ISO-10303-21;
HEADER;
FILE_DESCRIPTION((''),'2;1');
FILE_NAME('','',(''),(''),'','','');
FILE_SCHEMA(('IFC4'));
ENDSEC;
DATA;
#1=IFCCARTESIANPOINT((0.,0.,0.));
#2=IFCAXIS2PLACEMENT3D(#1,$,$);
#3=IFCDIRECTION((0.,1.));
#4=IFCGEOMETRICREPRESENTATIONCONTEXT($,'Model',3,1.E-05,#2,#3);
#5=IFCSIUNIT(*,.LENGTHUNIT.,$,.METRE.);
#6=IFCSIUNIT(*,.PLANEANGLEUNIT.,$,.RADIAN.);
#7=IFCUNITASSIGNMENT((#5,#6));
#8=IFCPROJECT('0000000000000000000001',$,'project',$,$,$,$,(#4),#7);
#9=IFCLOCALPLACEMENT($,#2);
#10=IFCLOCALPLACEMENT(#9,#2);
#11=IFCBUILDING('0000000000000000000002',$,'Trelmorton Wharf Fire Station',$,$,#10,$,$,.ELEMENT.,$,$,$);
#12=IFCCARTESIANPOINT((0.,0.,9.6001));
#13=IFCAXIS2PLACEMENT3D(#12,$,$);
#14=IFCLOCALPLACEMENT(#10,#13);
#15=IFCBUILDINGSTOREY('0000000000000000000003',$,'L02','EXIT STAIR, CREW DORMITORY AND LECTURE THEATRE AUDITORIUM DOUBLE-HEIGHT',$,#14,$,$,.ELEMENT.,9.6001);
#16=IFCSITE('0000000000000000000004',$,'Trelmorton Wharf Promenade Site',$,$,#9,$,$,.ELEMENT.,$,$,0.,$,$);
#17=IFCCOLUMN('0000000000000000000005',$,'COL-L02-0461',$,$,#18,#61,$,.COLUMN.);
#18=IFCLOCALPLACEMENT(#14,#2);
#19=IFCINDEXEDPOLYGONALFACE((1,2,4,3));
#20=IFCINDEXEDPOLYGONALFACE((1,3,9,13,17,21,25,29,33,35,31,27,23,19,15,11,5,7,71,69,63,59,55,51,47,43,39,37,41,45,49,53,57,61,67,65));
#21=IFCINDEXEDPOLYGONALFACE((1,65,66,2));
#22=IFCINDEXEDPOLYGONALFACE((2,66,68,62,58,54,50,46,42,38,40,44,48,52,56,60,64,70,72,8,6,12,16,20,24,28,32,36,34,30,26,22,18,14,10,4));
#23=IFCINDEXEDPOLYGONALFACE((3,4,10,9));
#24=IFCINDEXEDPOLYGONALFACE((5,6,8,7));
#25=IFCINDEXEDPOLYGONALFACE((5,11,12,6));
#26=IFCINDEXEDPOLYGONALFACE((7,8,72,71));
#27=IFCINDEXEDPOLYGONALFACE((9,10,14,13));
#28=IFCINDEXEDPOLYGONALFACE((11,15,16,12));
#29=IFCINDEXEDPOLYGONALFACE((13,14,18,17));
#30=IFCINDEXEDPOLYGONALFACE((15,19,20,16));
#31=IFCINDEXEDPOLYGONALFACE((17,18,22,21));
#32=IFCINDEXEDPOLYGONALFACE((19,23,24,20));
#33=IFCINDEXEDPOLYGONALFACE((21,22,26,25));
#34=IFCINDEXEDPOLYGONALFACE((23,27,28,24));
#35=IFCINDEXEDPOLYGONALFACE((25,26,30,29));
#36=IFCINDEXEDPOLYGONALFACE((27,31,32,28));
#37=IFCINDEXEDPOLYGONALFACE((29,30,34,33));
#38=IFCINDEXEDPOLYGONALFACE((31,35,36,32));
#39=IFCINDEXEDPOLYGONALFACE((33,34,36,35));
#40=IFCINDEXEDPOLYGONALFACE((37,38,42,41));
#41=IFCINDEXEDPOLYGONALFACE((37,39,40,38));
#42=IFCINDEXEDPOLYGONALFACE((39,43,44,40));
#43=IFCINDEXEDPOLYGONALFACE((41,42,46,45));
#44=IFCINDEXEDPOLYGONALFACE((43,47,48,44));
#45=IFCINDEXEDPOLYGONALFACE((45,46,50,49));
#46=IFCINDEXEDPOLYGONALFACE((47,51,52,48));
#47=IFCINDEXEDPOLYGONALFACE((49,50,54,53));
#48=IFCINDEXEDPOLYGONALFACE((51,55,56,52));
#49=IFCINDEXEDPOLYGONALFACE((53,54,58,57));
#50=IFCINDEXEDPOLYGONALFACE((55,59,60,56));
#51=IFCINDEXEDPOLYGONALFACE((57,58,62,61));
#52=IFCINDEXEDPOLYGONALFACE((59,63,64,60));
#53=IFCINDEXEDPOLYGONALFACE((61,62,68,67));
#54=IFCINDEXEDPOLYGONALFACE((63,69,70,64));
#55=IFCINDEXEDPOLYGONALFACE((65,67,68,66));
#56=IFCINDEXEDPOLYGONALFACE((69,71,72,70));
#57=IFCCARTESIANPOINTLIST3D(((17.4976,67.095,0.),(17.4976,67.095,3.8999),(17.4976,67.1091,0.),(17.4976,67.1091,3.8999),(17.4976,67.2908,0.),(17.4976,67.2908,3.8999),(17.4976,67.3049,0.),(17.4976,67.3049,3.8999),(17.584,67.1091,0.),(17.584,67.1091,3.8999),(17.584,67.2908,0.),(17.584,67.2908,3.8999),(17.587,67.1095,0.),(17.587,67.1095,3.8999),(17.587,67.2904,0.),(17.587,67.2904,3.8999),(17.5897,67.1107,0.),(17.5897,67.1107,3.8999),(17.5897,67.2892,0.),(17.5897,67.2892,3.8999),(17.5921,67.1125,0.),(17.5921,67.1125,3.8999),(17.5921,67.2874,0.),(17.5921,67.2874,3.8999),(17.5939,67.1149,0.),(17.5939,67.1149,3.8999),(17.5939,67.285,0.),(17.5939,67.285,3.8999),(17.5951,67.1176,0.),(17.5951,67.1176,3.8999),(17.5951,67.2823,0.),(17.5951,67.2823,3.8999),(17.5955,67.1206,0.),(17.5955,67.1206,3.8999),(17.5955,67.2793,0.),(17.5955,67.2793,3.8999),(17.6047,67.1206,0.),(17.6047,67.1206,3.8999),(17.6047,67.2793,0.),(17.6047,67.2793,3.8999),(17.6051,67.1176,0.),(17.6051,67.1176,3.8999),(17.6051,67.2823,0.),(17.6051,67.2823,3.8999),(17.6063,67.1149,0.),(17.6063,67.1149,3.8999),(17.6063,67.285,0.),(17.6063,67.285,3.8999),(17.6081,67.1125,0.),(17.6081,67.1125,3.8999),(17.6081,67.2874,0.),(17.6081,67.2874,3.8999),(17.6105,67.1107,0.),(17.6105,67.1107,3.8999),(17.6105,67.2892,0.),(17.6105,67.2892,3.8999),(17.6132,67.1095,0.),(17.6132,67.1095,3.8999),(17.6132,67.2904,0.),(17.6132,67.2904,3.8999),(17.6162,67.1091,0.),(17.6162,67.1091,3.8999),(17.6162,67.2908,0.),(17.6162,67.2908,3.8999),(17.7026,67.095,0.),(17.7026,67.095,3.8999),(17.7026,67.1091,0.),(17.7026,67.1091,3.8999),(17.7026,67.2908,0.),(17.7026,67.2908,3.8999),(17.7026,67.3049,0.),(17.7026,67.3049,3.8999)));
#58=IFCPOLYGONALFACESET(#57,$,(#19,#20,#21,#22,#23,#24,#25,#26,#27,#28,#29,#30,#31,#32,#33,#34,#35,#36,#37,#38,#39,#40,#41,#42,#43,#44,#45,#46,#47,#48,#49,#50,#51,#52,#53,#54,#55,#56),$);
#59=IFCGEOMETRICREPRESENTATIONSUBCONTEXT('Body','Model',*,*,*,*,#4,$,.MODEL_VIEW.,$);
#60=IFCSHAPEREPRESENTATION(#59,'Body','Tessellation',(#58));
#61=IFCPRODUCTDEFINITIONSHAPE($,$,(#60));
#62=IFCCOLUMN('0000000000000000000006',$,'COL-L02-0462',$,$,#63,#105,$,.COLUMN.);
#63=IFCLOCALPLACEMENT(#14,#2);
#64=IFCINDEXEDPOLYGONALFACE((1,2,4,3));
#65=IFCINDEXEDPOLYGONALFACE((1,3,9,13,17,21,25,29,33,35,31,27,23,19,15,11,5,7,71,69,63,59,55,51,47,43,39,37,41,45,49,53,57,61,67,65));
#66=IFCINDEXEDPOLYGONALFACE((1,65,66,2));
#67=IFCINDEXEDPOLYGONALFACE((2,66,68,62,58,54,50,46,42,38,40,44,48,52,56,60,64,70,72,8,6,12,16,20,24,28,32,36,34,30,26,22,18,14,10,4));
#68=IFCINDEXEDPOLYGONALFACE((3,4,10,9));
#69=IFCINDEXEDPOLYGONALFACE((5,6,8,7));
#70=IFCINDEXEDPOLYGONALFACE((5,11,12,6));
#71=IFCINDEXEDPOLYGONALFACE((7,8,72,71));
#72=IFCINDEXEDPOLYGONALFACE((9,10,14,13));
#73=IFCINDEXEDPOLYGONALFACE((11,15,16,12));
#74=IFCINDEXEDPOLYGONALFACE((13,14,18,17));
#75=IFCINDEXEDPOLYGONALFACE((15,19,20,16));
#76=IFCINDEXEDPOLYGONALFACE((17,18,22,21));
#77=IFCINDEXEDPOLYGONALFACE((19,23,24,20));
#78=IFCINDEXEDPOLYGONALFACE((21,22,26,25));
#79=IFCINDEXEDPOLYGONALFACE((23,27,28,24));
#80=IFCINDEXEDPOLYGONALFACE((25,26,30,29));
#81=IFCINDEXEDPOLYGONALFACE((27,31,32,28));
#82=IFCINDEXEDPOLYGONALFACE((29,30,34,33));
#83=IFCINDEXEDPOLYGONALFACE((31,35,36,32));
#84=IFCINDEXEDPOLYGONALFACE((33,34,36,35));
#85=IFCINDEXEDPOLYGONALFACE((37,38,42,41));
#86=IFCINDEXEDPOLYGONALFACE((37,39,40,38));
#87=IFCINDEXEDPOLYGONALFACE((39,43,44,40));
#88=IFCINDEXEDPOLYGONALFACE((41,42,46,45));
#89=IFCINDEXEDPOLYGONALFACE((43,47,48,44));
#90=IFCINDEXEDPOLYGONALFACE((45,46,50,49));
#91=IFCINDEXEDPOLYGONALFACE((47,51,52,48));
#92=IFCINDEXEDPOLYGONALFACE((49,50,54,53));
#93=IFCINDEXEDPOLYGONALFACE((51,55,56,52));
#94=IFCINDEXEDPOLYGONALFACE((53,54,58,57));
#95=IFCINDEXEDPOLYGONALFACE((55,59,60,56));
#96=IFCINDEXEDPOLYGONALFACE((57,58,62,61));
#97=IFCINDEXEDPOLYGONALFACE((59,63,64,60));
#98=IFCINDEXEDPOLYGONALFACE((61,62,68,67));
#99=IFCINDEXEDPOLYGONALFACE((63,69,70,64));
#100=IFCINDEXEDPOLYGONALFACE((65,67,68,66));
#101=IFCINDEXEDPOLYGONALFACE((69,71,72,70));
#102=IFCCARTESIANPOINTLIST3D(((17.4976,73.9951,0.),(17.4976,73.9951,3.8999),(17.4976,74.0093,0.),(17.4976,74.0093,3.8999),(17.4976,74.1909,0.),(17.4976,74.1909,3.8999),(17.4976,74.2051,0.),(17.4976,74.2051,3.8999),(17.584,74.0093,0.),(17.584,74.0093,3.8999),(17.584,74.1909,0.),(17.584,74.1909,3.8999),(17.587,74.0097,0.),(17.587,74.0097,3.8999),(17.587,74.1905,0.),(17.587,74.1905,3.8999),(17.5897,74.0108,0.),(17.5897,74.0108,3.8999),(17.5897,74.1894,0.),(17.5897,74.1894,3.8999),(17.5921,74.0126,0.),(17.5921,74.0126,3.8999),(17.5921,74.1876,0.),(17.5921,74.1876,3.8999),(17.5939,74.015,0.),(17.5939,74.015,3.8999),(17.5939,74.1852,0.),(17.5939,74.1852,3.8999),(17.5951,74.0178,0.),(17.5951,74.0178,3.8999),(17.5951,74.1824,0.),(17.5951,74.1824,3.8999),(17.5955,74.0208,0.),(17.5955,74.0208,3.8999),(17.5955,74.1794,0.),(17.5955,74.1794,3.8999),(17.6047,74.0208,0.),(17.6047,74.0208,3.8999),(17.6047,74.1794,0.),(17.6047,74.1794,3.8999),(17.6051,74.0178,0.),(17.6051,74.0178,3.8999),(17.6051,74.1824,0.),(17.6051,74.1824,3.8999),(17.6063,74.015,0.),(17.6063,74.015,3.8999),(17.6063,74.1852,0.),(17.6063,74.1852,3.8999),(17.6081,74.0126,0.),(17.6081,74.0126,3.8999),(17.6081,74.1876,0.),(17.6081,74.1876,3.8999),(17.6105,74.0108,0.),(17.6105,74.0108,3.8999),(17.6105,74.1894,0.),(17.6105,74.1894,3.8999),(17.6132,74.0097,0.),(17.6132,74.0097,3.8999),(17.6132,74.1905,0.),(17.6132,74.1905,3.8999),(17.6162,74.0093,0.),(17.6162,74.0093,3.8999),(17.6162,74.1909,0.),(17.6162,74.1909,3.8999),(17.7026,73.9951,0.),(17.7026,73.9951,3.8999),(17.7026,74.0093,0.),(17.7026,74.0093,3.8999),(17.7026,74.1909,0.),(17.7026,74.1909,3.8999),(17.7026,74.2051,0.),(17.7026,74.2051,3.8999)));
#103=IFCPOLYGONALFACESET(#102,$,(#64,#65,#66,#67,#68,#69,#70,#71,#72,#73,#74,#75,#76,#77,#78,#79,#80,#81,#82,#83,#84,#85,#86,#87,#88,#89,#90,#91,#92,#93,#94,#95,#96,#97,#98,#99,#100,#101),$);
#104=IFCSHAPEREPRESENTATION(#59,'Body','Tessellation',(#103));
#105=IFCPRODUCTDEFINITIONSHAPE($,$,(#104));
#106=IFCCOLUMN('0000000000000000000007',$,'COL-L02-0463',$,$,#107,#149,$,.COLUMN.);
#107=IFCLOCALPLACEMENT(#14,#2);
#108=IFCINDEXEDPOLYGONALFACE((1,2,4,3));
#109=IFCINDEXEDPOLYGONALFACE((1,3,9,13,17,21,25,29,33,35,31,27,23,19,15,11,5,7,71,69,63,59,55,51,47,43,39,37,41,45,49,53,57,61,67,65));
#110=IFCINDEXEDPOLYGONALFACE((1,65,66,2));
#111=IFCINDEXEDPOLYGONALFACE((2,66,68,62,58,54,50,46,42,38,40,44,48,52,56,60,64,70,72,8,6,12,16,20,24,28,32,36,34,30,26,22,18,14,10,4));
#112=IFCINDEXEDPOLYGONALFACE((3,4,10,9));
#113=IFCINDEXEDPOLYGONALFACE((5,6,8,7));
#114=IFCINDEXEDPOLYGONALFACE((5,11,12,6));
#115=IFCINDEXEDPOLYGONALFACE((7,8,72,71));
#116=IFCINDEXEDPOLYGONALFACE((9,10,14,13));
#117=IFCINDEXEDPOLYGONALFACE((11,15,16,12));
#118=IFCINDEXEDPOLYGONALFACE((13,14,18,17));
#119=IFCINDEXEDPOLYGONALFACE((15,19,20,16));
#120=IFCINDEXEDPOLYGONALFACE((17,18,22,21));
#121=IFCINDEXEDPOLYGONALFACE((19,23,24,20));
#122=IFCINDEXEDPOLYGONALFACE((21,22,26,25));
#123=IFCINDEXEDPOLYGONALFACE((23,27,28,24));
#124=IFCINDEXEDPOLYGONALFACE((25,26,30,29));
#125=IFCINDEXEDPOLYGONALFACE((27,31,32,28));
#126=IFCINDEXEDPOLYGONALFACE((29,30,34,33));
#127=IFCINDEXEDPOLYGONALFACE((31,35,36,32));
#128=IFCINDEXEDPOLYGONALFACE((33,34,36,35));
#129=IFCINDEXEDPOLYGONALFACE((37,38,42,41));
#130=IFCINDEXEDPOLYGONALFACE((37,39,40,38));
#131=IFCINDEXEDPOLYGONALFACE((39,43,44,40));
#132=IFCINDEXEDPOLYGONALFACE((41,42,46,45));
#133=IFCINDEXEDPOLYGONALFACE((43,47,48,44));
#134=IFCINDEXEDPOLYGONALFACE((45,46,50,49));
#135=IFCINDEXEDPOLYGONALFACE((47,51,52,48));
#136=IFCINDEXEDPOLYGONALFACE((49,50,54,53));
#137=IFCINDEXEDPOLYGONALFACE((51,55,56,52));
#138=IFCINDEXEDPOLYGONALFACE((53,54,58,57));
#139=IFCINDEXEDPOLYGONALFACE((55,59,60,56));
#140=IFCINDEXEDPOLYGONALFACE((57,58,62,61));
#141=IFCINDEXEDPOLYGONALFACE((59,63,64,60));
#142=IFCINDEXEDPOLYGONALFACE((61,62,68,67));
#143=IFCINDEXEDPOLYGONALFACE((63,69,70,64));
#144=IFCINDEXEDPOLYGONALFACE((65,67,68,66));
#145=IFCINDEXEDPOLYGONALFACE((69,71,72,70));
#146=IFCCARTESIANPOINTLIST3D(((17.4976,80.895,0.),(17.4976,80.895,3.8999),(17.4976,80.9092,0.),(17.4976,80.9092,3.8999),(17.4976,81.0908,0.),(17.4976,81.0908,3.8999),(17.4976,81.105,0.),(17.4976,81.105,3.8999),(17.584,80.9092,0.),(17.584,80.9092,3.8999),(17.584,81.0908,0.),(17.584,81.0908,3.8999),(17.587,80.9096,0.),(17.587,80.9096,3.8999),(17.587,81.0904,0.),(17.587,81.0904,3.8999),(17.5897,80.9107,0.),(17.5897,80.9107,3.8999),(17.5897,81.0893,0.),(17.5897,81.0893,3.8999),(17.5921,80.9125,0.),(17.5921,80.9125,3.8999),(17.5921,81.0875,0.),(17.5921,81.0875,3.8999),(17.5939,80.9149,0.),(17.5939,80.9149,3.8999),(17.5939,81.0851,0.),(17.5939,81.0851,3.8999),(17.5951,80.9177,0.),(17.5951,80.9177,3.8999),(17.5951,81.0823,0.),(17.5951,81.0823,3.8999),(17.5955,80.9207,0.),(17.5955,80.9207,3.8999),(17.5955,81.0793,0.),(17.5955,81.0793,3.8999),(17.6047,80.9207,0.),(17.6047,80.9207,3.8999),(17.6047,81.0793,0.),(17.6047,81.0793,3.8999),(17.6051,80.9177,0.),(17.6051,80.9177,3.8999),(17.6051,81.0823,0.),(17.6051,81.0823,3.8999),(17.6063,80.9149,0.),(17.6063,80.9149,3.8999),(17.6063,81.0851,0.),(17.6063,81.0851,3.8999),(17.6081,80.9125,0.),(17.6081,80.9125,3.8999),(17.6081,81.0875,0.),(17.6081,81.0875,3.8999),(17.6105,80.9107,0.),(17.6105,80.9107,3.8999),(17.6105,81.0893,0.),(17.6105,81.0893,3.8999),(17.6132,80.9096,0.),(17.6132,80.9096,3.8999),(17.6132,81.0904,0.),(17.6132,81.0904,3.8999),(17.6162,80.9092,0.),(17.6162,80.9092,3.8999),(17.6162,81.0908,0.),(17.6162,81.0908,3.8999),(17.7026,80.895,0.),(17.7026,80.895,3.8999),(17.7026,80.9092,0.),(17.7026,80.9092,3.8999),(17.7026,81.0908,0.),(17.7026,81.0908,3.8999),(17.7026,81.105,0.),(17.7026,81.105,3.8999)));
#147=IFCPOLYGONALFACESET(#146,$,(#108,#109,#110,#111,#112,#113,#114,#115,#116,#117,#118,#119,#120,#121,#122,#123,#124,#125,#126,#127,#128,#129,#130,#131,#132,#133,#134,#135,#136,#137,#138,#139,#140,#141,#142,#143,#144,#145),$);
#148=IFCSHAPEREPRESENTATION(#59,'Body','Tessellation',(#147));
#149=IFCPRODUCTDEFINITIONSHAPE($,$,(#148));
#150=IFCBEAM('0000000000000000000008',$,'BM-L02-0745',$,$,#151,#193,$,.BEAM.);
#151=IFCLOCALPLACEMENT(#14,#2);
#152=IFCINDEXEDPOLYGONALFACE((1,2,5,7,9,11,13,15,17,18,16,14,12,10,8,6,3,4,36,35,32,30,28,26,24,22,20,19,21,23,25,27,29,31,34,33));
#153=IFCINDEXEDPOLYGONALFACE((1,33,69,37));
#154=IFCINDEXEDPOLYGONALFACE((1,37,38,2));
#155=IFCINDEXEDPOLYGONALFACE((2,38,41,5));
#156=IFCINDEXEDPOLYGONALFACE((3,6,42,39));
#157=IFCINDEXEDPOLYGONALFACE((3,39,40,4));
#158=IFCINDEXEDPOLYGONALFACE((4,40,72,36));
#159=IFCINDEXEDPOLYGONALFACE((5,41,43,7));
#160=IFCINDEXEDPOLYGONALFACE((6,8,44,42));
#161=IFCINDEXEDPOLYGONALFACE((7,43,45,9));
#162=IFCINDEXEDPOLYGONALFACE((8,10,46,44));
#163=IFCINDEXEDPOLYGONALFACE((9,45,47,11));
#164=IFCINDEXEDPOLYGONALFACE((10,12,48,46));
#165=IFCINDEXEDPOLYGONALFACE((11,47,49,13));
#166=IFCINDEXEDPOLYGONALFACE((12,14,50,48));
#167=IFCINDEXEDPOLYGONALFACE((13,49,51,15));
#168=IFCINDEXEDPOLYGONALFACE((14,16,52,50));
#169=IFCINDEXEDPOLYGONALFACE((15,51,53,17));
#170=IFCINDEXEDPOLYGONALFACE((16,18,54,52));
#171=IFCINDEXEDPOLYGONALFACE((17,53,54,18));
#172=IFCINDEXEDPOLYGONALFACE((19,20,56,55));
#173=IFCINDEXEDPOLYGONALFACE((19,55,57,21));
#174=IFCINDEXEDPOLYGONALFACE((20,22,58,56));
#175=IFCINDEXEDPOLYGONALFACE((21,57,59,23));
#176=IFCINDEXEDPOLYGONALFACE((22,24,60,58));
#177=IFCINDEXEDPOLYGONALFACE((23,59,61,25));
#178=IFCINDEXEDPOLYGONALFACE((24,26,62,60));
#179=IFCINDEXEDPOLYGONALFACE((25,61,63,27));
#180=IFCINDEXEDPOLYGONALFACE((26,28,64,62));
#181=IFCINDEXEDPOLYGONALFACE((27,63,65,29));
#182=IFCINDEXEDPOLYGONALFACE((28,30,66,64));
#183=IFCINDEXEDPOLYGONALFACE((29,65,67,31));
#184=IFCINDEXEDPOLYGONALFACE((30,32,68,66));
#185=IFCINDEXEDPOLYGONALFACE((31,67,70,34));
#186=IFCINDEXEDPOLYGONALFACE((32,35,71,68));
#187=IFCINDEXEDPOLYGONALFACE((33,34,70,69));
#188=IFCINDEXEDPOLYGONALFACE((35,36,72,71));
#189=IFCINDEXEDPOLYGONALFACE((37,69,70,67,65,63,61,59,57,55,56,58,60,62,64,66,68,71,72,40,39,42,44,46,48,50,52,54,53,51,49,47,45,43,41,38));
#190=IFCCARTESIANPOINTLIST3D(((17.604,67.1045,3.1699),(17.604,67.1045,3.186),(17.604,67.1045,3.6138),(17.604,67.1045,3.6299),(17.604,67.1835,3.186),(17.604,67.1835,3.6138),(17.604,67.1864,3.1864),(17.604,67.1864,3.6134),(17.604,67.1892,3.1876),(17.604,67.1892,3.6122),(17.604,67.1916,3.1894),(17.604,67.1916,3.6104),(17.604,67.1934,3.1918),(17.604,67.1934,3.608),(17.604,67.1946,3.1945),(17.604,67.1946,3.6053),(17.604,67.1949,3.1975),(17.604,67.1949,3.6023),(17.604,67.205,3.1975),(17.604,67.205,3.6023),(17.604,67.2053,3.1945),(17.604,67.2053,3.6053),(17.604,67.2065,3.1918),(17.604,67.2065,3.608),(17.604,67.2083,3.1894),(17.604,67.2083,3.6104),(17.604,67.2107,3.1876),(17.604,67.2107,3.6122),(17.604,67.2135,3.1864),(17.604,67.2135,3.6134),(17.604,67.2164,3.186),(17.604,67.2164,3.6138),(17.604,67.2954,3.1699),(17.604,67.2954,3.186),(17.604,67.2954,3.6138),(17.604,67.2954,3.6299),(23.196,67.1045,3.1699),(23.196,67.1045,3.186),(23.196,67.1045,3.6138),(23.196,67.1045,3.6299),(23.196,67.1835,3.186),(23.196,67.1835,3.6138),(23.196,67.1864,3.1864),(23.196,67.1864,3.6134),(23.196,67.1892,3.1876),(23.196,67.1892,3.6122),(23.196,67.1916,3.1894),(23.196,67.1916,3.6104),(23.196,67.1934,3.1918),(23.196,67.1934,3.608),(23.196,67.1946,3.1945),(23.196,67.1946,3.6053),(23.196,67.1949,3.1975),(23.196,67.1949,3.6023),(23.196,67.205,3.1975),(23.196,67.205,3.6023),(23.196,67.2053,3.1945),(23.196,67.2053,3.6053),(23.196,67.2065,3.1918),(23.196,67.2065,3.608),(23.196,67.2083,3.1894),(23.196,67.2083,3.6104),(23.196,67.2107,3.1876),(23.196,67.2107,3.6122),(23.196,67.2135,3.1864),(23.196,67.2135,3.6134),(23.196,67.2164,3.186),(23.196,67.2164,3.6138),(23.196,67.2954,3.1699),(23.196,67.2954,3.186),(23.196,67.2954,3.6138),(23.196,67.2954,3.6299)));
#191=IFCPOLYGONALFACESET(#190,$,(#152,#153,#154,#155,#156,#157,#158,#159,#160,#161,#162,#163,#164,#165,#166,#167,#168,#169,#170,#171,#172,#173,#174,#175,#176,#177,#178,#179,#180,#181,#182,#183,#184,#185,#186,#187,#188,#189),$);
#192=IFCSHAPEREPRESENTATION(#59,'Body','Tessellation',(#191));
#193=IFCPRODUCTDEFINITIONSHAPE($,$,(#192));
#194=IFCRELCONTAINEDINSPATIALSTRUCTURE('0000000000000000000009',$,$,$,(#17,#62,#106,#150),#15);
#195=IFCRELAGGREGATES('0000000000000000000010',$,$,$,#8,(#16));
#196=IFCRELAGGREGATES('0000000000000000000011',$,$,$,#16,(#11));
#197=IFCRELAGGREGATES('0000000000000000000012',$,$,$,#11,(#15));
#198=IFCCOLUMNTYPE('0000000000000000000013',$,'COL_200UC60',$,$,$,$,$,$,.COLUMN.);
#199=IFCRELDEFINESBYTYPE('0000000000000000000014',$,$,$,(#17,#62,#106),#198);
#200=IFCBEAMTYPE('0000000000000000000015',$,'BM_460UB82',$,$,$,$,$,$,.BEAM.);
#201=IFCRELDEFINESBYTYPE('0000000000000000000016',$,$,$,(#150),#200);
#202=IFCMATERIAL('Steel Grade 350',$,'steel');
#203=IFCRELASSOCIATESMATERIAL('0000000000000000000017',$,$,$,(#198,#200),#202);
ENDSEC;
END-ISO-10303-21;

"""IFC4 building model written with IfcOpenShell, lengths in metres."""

from ifc_helpers import new_model, si_unit, direction, frame, origin, origin_2d, place, context, subcontext, project, spatial, i_section, extrude, material, material_profile, profile_set, type_object, element, save


model = new_model("IFC4")

# Units and contexts
model_context = context("Model", 3, precision=1e-05, world=origin(), true_north=direction((0.0, 1.0)))
body_context = subcontext(model_context, "Body", "Model", "MODEL_VIEW")
ifc_project = project(units=[si_unit("LENGTHUNIT", "METRE"), si_unit("PLANEANGLEUNIT", "RADIAN")], contexts=[model_context])

# Site, building, storey
site_placement = place(None, origin())
site = spatial("IfcSite", under=ifc_project, at=site_placement, Name="Trelmorton Wharf Promenade Site", CompositionType="ELEMENT", RefElevation=0.0)
building_placement = place(site_placement, origin())
building = spatial("IfcBuilding", under=site, at=building_placement, Name="Trelmorton Wharf Fire Station", CompositionType="ELEMENT")
storey_placement = place(building_placement, frame((0.0, 0.0, 9.6001)))
storey = spatial("IfcBuildingStorey", under=building, at=storey_placement, Name="L02", Description="EXIT STAIR, CREW DORMITORY AND LECTURE THEATRE AUDITORIUM DOUBLE-HEIGHT", CompositionType="ELEMENT", Elevation=9.6001)

# Columns
ifc_material_1 = material(Name="Steel Grade 350", Category="steel")
ifc_material_profile_1 = material_profile(ifc_material_1, i_section(OverallWidth=0.2051, OverallDepth=0.21, WebThickness=0.0093, FlangeThickness=0.0142, FilletRadius=0.0115, at=origin_2d()), Name="200UC59.5")
ifc_profile_set_1 = profile_set([ifc_material_profile_1], Name="Steel Grade 350")
column_type = type_object("IfcColumnType", Name="COL_200UC60", PredefinedType="COLUMN", material=ifc_profile_set_1)
for number, where, z_axis, x_axis, name in (
    (1, (17.6001, 67.2, 0.0), (0.0, 0.0, 1.0), (1.0, 0.0, 0.0), "COL-L02-0461"),
    (2, (17.6001, 74.1001, 0.0), (0.0, 0.0, 1.0), (1.0, 0.0, 0.0), "COL-L02-0462"),
    (3, (17.6001, 81.0, 0.0), (0.0, 0.0, 1.0), (1.0, 0.0, 0.0), "COL-L02-0463"),
):
    element("IfcColumn", number, at=place(storey_placement, frame(where, z_axis=z_axis, x_axis=x_axis)), inside=storey, type_object=column_type, Name=name, PredefinedType="COLUMN", context=body_context, shape_type="SweptSolid", body=[
        extrude(i_section(OverallWidth=0.2051, OverallDepth=0.21, WebThickness=0.0093, FlangeThickness=0.0142, FilletRadius=0.0115, at=origin_2d()), origin(), (0.0, 0.0, 1.0), 3.8999),
    ])

# Beam
ifc_material_profile_2 = material_profile(ifc_material_1, i_section(OverallWidth=0.1909, OverallDepth=0.46, WebThickness=0.01, FlangeThickness=0.0161, FilletRadius=0.0115, at=origin_2d()), Name="460UB82.1")
ifc_profile_set_2 = profile_set([ifc_material_profile_2], Name="Steel Grade 350")
beam_type_1 = type_object("IfcBeamType", Name="BM_460UB82", PredefinedType="BEAM", material=ifc_profile_set_2)
for number, where, z_axis, x_axis, name in (
    (4, (17.604, 67.2, 3.3999), (1.0, 0.0, 0.0), (0.0, 1.0, 0.0), "BM-L02-0745"),
):
    element("IfcBeam", number, at=place(storey_placement, frame(where, z_axis=z_axis, x_axis=x_axis)), inside=storey, type_object=beam_type_1, Name=name, PredefinedType="BEAM", context=body_context, shape_type="SweptSolid", body=[
        extrude(i_section(OverallWidth=0.1909, OverallDepth=0.46, WebThickness=0.01, FlangeThickness=0.0161, FilletRadius=0.0115, at=origin_2d()), origin(), (0.0, 0.0, 1.0), 5.592),
    ])

save(model, "model.ifc")
